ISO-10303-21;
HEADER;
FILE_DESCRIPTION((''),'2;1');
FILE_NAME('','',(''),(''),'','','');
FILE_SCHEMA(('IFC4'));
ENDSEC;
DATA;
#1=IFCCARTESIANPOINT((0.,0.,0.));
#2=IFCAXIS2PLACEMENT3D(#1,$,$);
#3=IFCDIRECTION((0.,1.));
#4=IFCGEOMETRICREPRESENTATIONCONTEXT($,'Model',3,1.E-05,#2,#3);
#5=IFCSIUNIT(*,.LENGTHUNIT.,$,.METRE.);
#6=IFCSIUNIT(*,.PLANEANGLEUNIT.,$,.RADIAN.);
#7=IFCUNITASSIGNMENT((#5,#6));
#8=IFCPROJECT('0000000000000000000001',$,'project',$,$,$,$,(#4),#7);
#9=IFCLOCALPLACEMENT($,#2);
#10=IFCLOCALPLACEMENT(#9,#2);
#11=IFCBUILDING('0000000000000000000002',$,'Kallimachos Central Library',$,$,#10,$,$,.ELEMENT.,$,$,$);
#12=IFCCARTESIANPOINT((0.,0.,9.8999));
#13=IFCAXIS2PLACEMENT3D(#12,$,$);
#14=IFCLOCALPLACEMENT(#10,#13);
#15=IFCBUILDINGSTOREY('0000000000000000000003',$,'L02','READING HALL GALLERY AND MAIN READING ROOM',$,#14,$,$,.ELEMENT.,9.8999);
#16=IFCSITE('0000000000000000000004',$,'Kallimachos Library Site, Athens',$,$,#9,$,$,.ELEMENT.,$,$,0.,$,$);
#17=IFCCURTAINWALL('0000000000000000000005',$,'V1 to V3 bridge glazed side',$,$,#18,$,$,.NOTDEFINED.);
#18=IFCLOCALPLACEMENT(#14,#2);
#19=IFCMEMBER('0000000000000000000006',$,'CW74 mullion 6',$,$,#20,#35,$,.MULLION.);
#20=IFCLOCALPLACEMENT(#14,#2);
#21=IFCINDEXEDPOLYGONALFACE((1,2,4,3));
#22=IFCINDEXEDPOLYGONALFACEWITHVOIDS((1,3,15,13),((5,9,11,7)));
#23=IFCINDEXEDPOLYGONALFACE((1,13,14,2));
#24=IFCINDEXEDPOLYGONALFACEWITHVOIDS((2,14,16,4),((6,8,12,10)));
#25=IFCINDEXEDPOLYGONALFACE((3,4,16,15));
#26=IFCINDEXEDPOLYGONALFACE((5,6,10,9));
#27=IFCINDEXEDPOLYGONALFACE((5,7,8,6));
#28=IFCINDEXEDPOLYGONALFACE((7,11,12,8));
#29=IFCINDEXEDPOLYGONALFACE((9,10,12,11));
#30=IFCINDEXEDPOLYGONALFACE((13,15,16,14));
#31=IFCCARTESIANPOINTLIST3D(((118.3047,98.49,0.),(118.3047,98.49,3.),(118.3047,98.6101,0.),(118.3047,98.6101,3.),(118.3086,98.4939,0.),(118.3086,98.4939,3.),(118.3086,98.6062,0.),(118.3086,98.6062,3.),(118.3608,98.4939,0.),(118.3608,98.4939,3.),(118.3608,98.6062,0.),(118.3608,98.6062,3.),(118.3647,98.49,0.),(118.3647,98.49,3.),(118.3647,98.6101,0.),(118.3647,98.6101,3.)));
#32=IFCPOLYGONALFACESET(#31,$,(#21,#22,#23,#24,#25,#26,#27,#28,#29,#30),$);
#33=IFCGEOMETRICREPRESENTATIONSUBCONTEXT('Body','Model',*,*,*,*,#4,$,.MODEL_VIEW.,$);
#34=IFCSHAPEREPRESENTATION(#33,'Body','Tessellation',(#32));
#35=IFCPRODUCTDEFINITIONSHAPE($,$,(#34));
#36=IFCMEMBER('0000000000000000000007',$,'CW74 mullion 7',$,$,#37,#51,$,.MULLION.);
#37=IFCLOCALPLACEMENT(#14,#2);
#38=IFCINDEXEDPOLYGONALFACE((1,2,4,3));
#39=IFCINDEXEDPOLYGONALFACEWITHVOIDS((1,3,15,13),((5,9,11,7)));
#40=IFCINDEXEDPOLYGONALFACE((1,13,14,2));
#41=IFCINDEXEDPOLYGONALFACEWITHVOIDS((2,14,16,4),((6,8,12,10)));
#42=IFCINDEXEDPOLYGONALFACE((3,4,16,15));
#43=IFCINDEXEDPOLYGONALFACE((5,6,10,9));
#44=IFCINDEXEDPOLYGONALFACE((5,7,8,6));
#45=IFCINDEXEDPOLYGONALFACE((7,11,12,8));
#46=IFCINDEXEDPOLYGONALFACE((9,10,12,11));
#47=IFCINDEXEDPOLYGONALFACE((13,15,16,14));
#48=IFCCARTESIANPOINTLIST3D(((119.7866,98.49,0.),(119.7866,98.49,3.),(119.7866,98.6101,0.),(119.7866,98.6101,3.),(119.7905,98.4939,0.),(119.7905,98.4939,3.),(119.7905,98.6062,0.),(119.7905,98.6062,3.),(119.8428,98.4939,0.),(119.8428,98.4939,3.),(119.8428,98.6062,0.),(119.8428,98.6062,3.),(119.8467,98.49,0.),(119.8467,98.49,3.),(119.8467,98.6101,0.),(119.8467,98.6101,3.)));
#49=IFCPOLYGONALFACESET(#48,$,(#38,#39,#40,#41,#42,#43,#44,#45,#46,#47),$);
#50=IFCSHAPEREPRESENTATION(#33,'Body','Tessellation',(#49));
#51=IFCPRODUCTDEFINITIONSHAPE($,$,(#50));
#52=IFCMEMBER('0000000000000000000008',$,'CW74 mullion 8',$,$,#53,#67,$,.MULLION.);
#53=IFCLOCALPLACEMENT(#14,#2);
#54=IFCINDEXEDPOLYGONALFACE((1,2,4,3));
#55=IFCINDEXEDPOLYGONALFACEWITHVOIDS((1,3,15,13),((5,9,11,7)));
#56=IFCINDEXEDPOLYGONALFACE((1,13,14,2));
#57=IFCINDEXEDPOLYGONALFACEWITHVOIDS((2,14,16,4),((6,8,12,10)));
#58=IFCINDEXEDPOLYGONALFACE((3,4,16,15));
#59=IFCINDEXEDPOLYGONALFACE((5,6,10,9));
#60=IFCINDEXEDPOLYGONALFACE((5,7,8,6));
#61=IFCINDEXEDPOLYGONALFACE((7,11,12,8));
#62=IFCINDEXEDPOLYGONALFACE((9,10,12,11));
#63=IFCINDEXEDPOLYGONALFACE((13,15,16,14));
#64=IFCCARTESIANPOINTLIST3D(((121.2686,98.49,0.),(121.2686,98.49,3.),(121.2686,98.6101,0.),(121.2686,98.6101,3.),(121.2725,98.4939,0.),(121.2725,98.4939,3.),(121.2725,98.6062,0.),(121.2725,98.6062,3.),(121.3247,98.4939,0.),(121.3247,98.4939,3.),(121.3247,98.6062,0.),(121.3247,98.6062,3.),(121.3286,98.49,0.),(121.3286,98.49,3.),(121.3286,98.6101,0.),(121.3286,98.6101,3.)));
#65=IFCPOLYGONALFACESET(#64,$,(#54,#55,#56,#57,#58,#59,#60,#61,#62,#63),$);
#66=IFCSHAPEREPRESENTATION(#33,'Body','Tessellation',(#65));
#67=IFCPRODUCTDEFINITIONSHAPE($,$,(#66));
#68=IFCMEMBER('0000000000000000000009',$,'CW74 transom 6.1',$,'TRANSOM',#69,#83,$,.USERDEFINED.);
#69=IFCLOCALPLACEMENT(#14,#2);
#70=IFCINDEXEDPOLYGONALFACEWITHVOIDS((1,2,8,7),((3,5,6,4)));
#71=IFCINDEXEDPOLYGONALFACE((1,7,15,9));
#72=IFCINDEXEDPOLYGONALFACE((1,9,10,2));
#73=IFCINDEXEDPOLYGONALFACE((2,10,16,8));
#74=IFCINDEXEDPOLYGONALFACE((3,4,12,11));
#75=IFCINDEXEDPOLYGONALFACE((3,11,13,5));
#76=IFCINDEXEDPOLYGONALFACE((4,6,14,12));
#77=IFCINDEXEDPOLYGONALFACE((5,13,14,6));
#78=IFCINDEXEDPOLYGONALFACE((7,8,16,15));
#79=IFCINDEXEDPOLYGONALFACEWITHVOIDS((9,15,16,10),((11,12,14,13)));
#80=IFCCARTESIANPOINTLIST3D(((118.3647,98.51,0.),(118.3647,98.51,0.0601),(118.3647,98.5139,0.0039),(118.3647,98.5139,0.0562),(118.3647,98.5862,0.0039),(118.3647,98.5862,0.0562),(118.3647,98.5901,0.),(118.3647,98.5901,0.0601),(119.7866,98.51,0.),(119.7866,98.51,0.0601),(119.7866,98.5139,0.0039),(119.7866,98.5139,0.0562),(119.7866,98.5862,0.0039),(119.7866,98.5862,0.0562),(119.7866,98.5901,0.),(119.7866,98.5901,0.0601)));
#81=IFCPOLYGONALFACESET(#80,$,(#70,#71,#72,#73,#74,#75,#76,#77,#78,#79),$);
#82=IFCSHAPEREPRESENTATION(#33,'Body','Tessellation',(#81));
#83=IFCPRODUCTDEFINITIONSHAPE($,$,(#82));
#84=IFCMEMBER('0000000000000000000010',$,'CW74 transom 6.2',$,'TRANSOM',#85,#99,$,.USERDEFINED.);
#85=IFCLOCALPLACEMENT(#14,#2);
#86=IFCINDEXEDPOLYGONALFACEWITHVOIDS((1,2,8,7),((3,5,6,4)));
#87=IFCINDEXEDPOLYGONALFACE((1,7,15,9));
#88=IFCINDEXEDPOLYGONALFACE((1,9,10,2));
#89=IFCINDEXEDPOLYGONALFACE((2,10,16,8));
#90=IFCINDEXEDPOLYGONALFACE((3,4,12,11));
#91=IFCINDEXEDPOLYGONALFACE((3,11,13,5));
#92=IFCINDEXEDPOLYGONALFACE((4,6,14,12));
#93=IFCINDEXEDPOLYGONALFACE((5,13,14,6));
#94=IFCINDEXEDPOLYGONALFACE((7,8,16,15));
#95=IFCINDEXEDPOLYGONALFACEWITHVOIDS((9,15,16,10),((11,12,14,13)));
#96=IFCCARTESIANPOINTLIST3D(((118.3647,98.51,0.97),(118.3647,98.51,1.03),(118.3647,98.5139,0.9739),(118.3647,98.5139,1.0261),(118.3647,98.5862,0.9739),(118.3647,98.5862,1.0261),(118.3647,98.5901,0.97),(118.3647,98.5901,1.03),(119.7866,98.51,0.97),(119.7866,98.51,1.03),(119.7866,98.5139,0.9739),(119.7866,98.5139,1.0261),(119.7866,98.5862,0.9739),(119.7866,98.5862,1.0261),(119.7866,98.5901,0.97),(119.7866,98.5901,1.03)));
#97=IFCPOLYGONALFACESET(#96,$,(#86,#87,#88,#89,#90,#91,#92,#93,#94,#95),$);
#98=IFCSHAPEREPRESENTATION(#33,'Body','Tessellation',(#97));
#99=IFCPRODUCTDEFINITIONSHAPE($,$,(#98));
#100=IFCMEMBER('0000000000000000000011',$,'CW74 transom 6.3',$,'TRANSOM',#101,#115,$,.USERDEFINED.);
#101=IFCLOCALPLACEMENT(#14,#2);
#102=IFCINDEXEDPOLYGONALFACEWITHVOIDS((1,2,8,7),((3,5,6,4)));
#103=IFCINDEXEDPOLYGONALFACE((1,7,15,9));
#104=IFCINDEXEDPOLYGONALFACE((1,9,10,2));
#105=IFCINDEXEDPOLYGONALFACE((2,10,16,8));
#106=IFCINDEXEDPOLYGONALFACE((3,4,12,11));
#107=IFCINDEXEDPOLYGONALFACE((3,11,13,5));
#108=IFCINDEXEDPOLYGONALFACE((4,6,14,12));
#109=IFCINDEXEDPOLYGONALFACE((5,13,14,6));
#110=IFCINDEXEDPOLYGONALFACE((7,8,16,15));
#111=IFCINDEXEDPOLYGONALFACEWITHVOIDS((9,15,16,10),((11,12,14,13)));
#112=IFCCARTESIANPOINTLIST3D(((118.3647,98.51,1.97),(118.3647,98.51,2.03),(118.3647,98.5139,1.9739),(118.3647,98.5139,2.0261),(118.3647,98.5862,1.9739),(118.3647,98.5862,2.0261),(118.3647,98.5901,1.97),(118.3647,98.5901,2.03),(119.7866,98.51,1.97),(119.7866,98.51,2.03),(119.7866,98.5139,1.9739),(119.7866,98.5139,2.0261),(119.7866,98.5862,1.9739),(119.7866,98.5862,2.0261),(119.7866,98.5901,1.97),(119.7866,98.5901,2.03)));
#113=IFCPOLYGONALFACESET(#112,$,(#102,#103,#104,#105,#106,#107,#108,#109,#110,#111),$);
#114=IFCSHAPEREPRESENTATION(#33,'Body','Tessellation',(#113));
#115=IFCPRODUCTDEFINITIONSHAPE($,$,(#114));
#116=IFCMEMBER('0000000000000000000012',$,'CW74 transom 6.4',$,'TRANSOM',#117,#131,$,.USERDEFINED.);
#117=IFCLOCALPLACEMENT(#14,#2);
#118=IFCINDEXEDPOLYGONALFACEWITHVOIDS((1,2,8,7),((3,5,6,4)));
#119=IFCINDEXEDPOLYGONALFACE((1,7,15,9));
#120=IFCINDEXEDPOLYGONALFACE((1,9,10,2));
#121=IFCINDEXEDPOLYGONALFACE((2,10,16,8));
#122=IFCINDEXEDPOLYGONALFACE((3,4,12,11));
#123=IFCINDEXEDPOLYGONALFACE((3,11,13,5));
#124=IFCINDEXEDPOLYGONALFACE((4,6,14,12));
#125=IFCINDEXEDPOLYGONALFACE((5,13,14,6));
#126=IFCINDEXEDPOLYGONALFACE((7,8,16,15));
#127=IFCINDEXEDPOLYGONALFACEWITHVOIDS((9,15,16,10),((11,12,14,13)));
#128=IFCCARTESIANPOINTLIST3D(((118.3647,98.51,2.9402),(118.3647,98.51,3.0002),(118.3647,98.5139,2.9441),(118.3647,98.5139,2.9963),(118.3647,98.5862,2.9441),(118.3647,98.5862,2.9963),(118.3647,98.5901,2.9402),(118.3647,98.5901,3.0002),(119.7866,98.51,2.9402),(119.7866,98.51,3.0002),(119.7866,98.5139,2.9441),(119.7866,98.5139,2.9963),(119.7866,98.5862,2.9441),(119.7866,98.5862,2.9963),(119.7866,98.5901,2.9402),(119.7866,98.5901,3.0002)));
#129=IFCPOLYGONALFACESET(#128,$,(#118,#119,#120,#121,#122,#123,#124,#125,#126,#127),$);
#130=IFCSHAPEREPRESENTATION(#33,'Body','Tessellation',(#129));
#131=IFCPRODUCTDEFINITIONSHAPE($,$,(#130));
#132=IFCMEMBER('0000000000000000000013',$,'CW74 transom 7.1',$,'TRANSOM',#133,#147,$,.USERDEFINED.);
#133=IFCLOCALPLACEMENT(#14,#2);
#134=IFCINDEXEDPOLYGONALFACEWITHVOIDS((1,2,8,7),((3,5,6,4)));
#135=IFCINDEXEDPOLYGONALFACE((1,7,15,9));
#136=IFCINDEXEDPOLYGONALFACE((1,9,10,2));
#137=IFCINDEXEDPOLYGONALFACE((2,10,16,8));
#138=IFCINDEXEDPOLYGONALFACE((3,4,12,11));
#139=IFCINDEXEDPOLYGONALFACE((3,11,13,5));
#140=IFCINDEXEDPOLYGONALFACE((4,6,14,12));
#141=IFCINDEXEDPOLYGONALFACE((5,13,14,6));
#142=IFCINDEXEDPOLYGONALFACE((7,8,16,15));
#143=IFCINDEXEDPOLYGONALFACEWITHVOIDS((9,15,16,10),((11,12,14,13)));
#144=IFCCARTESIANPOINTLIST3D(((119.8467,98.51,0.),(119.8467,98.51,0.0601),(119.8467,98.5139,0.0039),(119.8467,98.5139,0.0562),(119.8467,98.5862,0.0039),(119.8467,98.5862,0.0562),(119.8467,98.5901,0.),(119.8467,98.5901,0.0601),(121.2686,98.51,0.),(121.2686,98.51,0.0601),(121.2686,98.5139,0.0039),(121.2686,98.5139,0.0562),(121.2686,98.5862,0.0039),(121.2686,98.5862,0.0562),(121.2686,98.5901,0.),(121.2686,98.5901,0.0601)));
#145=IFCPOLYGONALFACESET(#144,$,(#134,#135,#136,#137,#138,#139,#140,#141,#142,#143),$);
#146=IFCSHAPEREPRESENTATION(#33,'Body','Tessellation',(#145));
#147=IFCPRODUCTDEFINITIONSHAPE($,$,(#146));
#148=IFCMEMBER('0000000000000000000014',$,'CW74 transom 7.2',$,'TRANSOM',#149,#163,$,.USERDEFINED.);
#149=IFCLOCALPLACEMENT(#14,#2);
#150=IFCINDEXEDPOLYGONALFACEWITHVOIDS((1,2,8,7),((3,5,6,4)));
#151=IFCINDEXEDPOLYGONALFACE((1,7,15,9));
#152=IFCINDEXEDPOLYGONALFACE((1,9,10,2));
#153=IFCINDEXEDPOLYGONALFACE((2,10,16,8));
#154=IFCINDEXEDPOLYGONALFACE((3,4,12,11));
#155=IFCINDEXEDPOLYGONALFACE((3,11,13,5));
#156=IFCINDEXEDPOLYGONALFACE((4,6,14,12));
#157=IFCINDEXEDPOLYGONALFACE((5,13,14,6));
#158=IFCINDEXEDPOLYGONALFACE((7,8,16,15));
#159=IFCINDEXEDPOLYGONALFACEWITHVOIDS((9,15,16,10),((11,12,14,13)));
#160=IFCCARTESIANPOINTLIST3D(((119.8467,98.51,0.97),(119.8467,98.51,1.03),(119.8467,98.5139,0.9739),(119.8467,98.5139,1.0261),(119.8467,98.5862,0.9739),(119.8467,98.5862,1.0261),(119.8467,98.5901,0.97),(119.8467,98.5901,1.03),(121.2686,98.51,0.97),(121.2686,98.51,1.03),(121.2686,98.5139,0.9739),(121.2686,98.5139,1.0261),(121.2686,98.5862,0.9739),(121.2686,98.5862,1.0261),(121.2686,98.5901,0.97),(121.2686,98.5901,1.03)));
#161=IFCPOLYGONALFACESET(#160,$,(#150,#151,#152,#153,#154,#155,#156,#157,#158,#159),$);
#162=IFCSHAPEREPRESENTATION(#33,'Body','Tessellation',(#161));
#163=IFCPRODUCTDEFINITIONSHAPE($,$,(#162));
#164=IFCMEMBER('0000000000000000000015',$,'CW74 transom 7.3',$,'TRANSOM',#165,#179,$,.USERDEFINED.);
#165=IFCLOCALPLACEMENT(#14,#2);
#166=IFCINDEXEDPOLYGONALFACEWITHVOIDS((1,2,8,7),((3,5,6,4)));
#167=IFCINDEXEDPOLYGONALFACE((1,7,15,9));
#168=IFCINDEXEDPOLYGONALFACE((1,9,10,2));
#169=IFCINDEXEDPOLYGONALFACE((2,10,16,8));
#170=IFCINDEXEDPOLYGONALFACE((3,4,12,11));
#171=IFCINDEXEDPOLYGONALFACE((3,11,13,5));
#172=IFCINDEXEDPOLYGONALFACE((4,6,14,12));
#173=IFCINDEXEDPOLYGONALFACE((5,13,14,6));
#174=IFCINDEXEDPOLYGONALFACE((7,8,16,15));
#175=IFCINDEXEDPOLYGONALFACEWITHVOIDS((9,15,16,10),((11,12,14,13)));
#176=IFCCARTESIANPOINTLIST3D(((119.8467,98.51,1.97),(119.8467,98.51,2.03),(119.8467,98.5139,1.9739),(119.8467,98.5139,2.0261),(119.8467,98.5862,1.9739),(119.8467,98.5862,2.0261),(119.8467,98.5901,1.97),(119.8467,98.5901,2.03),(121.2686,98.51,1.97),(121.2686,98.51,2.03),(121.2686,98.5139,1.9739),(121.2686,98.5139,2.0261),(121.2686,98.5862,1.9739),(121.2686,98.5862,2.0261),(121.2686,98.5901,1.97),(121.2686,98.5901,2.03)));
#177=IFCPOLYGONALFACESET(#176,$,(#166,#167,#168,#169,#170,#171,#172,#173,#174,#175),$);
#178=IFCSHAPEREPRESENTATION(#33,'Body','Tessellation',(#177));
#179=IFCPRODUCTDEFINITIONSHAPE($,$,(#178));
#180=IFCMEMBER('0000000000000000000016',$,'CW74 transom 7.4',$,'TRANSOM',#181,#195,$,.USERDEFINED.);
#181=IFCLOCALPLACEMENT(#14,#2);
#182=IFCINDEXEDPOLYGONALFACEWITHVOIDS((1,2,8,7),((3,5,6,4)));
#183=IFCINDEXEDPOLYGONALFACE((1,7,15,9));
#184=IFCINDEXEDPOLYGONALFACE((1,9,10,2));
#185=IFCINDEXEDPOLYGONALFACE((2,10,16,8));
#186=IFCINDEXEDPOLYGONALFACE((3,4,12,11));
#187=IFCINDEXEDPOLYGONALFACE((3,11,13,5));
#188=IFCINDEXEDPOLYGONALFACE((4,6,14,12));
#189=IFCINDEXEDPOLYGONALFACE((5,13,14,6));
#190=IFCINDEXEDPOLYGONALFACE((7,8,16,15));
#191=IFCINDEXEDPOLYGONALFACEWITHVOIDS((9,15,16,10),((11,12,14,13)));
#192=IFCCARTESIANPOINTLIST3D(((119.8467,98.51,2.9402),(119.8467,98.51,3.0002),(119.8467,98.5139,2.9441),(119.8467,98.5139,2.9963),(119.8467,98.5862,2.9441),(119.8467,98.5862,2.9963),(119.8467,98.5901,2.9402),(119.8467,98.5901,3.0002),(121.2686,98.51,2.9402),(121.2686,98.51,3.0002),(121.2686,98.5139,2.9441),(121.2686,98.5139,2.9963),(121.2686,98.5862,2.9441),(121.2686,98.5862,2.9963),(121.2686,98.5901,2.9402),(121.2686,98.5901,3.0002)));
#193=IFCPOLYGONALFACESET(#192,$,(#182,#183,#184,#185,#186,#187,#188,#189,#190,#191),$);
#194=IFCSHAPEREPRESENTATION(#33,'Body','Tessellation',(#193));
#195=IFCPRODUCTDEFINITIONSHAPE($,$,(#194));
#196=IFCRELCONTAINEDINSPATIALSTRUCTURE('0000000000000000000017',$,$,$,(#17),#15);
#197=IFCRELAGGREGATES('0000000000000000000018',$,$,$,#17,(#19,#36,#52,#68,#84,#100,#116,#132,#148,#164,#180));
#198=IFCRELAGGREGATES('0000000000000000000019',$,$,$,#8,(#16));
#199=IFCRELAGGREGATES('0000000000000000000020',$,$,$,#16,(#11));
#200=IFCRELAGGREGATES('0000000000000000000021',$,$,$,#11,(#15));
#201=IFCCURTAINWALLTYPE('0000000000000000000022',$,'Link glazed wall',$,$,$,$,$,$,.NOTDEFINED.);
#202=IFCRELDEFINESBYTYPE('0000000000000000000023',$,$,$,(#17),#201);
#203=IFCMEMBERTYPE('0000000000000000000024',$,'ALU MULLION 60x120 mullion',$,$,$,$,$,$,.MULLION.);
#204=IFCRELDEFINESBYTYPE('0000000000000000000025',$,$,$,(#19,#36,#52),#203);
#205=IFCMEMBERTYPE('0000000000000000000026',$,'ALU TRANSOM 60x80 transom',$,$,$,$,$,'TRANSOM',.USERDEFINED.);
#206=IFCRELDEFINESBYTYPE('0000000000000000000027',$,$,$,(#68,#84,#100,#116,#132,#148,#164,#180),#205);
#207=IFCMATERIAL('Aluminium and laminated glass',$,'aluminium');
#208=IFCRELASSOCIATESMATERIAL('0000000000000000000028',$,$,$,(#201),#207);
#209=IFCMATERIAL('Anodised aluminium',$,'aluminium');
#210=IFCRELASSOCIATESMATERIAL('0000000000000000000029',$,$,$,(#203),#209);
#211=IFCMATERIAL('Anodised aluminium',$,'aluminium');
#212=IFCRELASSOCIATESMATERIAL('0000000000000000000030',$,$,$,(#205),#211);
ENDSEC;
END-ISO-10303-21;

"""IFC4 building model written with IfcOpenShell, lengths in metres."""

from ifc_helpers import new_model, si_unit, direction, frame, origin, origin_2d, place, context, subcontext, project, spatial, hollow_rectangle, extrude, material, material_profile, profile_set, type_object, element, aggregate, save


model = new_model("IFC4")

# Units and contexts
model_context = context("Model", 3, precision=1e-05, world=origin(), true_north=direction((0.0, 1.0)))
body_context = subcontext(model_context, "Body", "Model", "MODEL_VIEW")
ifc_project = project(units=[si_unit("LENGTHUNIT", "METRE"), si_unit("PLANEANGLEUNIT", "RADIAN")], contexts=[model_context])

# Site, building, storey
site_placement = place(None, origin())
site = spatial("IfcSite", under=ifc_project, at=site_placement, Name="Kallimachos Library Site, Athens", CompositionType="ELEMENT", RefElevation=0.0)
building_placement = place(site_placement, origin())
building = spatial("IfcBuilding", under=site, at=building_placement, Name="Kallimachos Central Library", CompositionType="ELEMENT")
storey_placement = place(building_placement, frame((0.0, 0.0, 9.8999)))
storey = spatial("IfcBuildingStorey", under=building, at=storey_placement, Name="L02", Description="READING HALL GALLERY AND MAIN READING ROOM", CompositionType="ELEMENT", Elevation=9.8999)

# Curtain wall, members
ifc_material_1 = material(Name="Aluminium and laminated glass", Category="aluminium")
curtain_wall_type = type_object("IfcCurtainWallType", Name="Link glazed wall", PredefinedType="NOTDEFINED", material=ifc_material_1)
curtain_wall_placement = place(storey_placement, origin())
curtain_wall = element("IfcCurtainWall", 1, at=curtain_wall_placement, inside=storey, type_object=curtain_wall_type, Name="V1 to V3 bridge glazed side", PredefinedType="NOTDEFINED")
ifc_material_2 = material(Name="Anodised aluminium", Category="aluminium")
ifc_material_profile_1 = material_profile(ifc_material_2, hollow_rectangle(XDim=0.0601, YDim=0.1201, WallThickness=0.0039, at=origin_2d()), Name="ALU MULLION 60x120")
ifc_profile_set_1 = profile_set([ifc_material_profile_1], Name="Anodised aluminium")
member_type_1 = type_object("IfcMemberType", Name="ALU MULLION 60x120 mullion", PredefinedType="MULLION", material=ifc_profile_set_1)
member_1_placement = place(storey_placement, frame((118.3347, 98.55, 0.0), z_axis=(0.0, 0.0, 1.0), x_axis=(1.0, 0.0, 0.0)))
member_1 = element("IfcMember", 2, at=member_1_placement, type_object=member_type_1, Name="CW74 mullion 6", PredefinedType="MULLION", context=body_context, shape_type="SweptSolid", body=[
    extrude(hollow_rectangle(XDim=0.0601, YDim=0.1201, WallThickness=0.0039, at=origin_2d()), origin(), (0.0, 0.0, 1.0), 3.0),
])
member_2_placement = place(storey_placement, frame((119.8167, 98.55, 0.0), z_axis=(0.0, 0.0, 1.0), x_axis=(1.0, 0.0, 0.0)))
member_2 = element("IfcMember", 3, at=member_2_placement, type_object=member_type_1, Name="CW74 mullion 7", PredefinedType="MULLION", context=body_context, shape_type="SweptSolid", body=[
    extrude(hollow_rectangle(XDim=0.0601, YDim=0.1201, WallThickness=0.0039, at=origin_2d()), origin(), (0.0, 0.0, 1.0), 3.0),
])
member_3_placement = place(storey_placement, frame((121.2986, 98.55, 0.0), z_axis=(0.0, 0.0, 1.0), x_axis=(1.0, 0.0, 0.0)))
member_3 = element("IfcMember", 4, at=member_3_placement, type_object=member_type_1, Name="CW74 mullion 8", PredefinedType="MULLION", context=body_context, shape_type="SweptSolid", body=[
    extrude(hollow_rectangle(XDim=0.0601, YDim=0.1201, WallThickness=0.0039, at=origin_2d()), origin(), (0.0, 0.0, 1.0), 3.0),
])
ifc_material_3 = material(Name="Anodised aluminium", Category="aluminium")
ifc_material_profile_2 = material_profile(ifc_material_3, hollow_rectangle(XDim=0.0601, YDim=0.0801, WallThickness=0.0039, at=origin_2d()), Name="ALU TRANSOM 60x80")
ifc_profile_set_2 = profile_set([ifc_material_profile_2], Name="Anodised aluminium")
member_type_2 = type_object("IfcMemberType", Name="ALU TRANSOM 60x80 transom", ElementType="TRANSOM", PredefinedType="USERDEFINED", material=ifc_profile_set_2)
member_4_placement = place(storey_placement, frame((118.3647, 98.55, 0.03), z_axis=(1.0, 0.0, 0.0), x_axis=(0.0, 0.0, 1.0)))
member_4 = element("IfcMember", 5, at=member_4_placement, type_object=member_type_2, Name="CW74 transom 6.1", ObjectType="TRANSOM", PredefinedType="USERDEFINED", context=body_context, shape_type="SweptSolid", body=[
    extrude(hollow_rectangle(XDim=0.0601, YDim=0.0801, WallThickness=0.0039, at=origin_2d()), origin(), (0.0, 0.0, 1.0), 1.4219),
])
member_5_placement = place(storey_placement, frame((118.3647, 98.55, 1.0), z_axis=(1.0, 0.0, 0.0), x_axis=(0.0, 0.0, 1.0)))
member_5 = element("IfcMember", 6, at=member_5_placement, type_object=member_type_2, Name="CW74 transom 6.2", ObjectType="TRANSOM", PredefinedType="USERDEFINED", context=body_context, shape_type="SweptSolid", body=[
    extrude(hollow_rectangle(XDim=0.0601, YDim=0.0801, WallThickness=0.0039, at=origin_2d()), origin(), (0.0, 0.0, 1.0), 1.4219),
])
member_6_placement = place(storey_placement, frame((118.3647, 98.55, 2.0), z_axis=(1.0, 0.0, 0.0), x_axis=(0.0, 0.0, 1.0)))
member_6 = element("IfcMember", 7, at=member_6_placement, type_object=member_type_2, Name="CW74 transom 6.3", ObjectType="TRANSOM", PredefinedType="USERDEFINED", context=body_context, shape_type="SweptSolid", body=[
    extrude(hollow_rectangle(XDim=0.0601, YDim=0.0801, WallThickness=0.0039, at=origin_2d()), origin(), (0.0, 0.0, 1.0), 1.4219),
])
member_7_placement = place(storey_placement, frame((118.3647, 98.55, 2.9702), z_axis=(1.0, 0.0, 0.0), x_axis=(0.0, 0.0, 1.0)))
member_7 = element("IfcMember", 8, at=member_7_placement, type_object=member_type_2, Name="CW74 transom 6.4", ObjectType="TRANSOM", PredefinedType="USERDEFINED", context=body_context, shape_type="SweptSolid", body=[
    extrude(hollow_rectangle(XDim=0.0601, YDim=0.0801, WallThickness=0.0039, at=origin_2d()), origin(), (0.0, 0.0, 1.0), 1.4219),
])
member_8_placement = place(storey_placement, frame((119.8467, 98.55, 0.03), z_axis=(1.0, 0.0, 0.0), x_axis=(0.0, 0.0, 1.0)))
member_8 = element("IfcMember", 9, at=member_8_placement, type_object=member_type_2, Name="CW74 transom 7.1", ObjectType="TRANSOM", PredefinedType="USERDEFINED", context=body_context, shape_type="SweptSolid", body=[
    extrude(hollow_rectangle(XDim=0.0601, YDim=0.0801, WallThickness=0.0039, at=origin_2d()), origin(), (0.0, 0.0, 1.0), 1.4219),
])
member_9_placement = place(storey_placement, frame((119.8467, 98.55, 1.0), z_axis=(1.0, 0.0, 0.0), x_axis=(0.0, 0.0, 1.0)))
member_9 = element("IfcMember", 10, at=member_9_placement, type_object=member_type_2, Name="CW74 transom 7.2", ObjectType="TRANSOM", PredefinedType="USERDEFINED", context=body_context, shape_type="SweptSolid", body=[
    extrude(hollow_rectangle(XDim=0.0601, YDim=0.0801, WallThickness=0.0039, at=origin_2d()), origin(), (0.0, 0.0, 1.0), 1.4219),
])
member_10_placement = place(storey_placement, frame((119.8467, 98.55, 2.0), z_axis=(1.0, 0.0, 0.0), x_axis=(0.0, 0.0, 1.0)))
member_10 = element("IfcMember", 11, at=member_10_placement, type_object=member_type_2, Name="CW74 transom 7.3", ObjectType="TRANSOM", PredefinedType="USERDEFINED", context=body_context, shape_type="SweptSolid", body=[
    extrude(hollow_rectangle(XDim=0.0601, YDim=0.0801, WallThickness=0.0039, at=origin_2d()), origin(), (0.0, 0.0, 1.0), 1.4219),
])
member_11_placement = place(storey_placement, frame((119.8467, 98.55, 2.9702), z_axis=(1.0, 0.0, 0.0), x_axis=(0.0, 0.0, 1.0)))
member_11 = element("IfcMember", 12, at=member_11_placement, type_object=member_type_2, Name="CW74 transom 7.4", ObjectType="TRANSOM", PredefinedType="USERDEFINED", context=body_context, shape_type="SweptSolid", body=[
    extrude(hollow_rectangle(XDim=0.0601, YDim=0.0801, WallThickness=0.0039, at=origin_2d()), origin(), (0.0, 0.0, 1.0), 1.4219),
])

aggregate(curtain_wall, [member_1, member_2, member_3, member_4, member_5, member_6, member_7, member_8, member_9, member_10, member_11])

save(model, "model.ifc")
